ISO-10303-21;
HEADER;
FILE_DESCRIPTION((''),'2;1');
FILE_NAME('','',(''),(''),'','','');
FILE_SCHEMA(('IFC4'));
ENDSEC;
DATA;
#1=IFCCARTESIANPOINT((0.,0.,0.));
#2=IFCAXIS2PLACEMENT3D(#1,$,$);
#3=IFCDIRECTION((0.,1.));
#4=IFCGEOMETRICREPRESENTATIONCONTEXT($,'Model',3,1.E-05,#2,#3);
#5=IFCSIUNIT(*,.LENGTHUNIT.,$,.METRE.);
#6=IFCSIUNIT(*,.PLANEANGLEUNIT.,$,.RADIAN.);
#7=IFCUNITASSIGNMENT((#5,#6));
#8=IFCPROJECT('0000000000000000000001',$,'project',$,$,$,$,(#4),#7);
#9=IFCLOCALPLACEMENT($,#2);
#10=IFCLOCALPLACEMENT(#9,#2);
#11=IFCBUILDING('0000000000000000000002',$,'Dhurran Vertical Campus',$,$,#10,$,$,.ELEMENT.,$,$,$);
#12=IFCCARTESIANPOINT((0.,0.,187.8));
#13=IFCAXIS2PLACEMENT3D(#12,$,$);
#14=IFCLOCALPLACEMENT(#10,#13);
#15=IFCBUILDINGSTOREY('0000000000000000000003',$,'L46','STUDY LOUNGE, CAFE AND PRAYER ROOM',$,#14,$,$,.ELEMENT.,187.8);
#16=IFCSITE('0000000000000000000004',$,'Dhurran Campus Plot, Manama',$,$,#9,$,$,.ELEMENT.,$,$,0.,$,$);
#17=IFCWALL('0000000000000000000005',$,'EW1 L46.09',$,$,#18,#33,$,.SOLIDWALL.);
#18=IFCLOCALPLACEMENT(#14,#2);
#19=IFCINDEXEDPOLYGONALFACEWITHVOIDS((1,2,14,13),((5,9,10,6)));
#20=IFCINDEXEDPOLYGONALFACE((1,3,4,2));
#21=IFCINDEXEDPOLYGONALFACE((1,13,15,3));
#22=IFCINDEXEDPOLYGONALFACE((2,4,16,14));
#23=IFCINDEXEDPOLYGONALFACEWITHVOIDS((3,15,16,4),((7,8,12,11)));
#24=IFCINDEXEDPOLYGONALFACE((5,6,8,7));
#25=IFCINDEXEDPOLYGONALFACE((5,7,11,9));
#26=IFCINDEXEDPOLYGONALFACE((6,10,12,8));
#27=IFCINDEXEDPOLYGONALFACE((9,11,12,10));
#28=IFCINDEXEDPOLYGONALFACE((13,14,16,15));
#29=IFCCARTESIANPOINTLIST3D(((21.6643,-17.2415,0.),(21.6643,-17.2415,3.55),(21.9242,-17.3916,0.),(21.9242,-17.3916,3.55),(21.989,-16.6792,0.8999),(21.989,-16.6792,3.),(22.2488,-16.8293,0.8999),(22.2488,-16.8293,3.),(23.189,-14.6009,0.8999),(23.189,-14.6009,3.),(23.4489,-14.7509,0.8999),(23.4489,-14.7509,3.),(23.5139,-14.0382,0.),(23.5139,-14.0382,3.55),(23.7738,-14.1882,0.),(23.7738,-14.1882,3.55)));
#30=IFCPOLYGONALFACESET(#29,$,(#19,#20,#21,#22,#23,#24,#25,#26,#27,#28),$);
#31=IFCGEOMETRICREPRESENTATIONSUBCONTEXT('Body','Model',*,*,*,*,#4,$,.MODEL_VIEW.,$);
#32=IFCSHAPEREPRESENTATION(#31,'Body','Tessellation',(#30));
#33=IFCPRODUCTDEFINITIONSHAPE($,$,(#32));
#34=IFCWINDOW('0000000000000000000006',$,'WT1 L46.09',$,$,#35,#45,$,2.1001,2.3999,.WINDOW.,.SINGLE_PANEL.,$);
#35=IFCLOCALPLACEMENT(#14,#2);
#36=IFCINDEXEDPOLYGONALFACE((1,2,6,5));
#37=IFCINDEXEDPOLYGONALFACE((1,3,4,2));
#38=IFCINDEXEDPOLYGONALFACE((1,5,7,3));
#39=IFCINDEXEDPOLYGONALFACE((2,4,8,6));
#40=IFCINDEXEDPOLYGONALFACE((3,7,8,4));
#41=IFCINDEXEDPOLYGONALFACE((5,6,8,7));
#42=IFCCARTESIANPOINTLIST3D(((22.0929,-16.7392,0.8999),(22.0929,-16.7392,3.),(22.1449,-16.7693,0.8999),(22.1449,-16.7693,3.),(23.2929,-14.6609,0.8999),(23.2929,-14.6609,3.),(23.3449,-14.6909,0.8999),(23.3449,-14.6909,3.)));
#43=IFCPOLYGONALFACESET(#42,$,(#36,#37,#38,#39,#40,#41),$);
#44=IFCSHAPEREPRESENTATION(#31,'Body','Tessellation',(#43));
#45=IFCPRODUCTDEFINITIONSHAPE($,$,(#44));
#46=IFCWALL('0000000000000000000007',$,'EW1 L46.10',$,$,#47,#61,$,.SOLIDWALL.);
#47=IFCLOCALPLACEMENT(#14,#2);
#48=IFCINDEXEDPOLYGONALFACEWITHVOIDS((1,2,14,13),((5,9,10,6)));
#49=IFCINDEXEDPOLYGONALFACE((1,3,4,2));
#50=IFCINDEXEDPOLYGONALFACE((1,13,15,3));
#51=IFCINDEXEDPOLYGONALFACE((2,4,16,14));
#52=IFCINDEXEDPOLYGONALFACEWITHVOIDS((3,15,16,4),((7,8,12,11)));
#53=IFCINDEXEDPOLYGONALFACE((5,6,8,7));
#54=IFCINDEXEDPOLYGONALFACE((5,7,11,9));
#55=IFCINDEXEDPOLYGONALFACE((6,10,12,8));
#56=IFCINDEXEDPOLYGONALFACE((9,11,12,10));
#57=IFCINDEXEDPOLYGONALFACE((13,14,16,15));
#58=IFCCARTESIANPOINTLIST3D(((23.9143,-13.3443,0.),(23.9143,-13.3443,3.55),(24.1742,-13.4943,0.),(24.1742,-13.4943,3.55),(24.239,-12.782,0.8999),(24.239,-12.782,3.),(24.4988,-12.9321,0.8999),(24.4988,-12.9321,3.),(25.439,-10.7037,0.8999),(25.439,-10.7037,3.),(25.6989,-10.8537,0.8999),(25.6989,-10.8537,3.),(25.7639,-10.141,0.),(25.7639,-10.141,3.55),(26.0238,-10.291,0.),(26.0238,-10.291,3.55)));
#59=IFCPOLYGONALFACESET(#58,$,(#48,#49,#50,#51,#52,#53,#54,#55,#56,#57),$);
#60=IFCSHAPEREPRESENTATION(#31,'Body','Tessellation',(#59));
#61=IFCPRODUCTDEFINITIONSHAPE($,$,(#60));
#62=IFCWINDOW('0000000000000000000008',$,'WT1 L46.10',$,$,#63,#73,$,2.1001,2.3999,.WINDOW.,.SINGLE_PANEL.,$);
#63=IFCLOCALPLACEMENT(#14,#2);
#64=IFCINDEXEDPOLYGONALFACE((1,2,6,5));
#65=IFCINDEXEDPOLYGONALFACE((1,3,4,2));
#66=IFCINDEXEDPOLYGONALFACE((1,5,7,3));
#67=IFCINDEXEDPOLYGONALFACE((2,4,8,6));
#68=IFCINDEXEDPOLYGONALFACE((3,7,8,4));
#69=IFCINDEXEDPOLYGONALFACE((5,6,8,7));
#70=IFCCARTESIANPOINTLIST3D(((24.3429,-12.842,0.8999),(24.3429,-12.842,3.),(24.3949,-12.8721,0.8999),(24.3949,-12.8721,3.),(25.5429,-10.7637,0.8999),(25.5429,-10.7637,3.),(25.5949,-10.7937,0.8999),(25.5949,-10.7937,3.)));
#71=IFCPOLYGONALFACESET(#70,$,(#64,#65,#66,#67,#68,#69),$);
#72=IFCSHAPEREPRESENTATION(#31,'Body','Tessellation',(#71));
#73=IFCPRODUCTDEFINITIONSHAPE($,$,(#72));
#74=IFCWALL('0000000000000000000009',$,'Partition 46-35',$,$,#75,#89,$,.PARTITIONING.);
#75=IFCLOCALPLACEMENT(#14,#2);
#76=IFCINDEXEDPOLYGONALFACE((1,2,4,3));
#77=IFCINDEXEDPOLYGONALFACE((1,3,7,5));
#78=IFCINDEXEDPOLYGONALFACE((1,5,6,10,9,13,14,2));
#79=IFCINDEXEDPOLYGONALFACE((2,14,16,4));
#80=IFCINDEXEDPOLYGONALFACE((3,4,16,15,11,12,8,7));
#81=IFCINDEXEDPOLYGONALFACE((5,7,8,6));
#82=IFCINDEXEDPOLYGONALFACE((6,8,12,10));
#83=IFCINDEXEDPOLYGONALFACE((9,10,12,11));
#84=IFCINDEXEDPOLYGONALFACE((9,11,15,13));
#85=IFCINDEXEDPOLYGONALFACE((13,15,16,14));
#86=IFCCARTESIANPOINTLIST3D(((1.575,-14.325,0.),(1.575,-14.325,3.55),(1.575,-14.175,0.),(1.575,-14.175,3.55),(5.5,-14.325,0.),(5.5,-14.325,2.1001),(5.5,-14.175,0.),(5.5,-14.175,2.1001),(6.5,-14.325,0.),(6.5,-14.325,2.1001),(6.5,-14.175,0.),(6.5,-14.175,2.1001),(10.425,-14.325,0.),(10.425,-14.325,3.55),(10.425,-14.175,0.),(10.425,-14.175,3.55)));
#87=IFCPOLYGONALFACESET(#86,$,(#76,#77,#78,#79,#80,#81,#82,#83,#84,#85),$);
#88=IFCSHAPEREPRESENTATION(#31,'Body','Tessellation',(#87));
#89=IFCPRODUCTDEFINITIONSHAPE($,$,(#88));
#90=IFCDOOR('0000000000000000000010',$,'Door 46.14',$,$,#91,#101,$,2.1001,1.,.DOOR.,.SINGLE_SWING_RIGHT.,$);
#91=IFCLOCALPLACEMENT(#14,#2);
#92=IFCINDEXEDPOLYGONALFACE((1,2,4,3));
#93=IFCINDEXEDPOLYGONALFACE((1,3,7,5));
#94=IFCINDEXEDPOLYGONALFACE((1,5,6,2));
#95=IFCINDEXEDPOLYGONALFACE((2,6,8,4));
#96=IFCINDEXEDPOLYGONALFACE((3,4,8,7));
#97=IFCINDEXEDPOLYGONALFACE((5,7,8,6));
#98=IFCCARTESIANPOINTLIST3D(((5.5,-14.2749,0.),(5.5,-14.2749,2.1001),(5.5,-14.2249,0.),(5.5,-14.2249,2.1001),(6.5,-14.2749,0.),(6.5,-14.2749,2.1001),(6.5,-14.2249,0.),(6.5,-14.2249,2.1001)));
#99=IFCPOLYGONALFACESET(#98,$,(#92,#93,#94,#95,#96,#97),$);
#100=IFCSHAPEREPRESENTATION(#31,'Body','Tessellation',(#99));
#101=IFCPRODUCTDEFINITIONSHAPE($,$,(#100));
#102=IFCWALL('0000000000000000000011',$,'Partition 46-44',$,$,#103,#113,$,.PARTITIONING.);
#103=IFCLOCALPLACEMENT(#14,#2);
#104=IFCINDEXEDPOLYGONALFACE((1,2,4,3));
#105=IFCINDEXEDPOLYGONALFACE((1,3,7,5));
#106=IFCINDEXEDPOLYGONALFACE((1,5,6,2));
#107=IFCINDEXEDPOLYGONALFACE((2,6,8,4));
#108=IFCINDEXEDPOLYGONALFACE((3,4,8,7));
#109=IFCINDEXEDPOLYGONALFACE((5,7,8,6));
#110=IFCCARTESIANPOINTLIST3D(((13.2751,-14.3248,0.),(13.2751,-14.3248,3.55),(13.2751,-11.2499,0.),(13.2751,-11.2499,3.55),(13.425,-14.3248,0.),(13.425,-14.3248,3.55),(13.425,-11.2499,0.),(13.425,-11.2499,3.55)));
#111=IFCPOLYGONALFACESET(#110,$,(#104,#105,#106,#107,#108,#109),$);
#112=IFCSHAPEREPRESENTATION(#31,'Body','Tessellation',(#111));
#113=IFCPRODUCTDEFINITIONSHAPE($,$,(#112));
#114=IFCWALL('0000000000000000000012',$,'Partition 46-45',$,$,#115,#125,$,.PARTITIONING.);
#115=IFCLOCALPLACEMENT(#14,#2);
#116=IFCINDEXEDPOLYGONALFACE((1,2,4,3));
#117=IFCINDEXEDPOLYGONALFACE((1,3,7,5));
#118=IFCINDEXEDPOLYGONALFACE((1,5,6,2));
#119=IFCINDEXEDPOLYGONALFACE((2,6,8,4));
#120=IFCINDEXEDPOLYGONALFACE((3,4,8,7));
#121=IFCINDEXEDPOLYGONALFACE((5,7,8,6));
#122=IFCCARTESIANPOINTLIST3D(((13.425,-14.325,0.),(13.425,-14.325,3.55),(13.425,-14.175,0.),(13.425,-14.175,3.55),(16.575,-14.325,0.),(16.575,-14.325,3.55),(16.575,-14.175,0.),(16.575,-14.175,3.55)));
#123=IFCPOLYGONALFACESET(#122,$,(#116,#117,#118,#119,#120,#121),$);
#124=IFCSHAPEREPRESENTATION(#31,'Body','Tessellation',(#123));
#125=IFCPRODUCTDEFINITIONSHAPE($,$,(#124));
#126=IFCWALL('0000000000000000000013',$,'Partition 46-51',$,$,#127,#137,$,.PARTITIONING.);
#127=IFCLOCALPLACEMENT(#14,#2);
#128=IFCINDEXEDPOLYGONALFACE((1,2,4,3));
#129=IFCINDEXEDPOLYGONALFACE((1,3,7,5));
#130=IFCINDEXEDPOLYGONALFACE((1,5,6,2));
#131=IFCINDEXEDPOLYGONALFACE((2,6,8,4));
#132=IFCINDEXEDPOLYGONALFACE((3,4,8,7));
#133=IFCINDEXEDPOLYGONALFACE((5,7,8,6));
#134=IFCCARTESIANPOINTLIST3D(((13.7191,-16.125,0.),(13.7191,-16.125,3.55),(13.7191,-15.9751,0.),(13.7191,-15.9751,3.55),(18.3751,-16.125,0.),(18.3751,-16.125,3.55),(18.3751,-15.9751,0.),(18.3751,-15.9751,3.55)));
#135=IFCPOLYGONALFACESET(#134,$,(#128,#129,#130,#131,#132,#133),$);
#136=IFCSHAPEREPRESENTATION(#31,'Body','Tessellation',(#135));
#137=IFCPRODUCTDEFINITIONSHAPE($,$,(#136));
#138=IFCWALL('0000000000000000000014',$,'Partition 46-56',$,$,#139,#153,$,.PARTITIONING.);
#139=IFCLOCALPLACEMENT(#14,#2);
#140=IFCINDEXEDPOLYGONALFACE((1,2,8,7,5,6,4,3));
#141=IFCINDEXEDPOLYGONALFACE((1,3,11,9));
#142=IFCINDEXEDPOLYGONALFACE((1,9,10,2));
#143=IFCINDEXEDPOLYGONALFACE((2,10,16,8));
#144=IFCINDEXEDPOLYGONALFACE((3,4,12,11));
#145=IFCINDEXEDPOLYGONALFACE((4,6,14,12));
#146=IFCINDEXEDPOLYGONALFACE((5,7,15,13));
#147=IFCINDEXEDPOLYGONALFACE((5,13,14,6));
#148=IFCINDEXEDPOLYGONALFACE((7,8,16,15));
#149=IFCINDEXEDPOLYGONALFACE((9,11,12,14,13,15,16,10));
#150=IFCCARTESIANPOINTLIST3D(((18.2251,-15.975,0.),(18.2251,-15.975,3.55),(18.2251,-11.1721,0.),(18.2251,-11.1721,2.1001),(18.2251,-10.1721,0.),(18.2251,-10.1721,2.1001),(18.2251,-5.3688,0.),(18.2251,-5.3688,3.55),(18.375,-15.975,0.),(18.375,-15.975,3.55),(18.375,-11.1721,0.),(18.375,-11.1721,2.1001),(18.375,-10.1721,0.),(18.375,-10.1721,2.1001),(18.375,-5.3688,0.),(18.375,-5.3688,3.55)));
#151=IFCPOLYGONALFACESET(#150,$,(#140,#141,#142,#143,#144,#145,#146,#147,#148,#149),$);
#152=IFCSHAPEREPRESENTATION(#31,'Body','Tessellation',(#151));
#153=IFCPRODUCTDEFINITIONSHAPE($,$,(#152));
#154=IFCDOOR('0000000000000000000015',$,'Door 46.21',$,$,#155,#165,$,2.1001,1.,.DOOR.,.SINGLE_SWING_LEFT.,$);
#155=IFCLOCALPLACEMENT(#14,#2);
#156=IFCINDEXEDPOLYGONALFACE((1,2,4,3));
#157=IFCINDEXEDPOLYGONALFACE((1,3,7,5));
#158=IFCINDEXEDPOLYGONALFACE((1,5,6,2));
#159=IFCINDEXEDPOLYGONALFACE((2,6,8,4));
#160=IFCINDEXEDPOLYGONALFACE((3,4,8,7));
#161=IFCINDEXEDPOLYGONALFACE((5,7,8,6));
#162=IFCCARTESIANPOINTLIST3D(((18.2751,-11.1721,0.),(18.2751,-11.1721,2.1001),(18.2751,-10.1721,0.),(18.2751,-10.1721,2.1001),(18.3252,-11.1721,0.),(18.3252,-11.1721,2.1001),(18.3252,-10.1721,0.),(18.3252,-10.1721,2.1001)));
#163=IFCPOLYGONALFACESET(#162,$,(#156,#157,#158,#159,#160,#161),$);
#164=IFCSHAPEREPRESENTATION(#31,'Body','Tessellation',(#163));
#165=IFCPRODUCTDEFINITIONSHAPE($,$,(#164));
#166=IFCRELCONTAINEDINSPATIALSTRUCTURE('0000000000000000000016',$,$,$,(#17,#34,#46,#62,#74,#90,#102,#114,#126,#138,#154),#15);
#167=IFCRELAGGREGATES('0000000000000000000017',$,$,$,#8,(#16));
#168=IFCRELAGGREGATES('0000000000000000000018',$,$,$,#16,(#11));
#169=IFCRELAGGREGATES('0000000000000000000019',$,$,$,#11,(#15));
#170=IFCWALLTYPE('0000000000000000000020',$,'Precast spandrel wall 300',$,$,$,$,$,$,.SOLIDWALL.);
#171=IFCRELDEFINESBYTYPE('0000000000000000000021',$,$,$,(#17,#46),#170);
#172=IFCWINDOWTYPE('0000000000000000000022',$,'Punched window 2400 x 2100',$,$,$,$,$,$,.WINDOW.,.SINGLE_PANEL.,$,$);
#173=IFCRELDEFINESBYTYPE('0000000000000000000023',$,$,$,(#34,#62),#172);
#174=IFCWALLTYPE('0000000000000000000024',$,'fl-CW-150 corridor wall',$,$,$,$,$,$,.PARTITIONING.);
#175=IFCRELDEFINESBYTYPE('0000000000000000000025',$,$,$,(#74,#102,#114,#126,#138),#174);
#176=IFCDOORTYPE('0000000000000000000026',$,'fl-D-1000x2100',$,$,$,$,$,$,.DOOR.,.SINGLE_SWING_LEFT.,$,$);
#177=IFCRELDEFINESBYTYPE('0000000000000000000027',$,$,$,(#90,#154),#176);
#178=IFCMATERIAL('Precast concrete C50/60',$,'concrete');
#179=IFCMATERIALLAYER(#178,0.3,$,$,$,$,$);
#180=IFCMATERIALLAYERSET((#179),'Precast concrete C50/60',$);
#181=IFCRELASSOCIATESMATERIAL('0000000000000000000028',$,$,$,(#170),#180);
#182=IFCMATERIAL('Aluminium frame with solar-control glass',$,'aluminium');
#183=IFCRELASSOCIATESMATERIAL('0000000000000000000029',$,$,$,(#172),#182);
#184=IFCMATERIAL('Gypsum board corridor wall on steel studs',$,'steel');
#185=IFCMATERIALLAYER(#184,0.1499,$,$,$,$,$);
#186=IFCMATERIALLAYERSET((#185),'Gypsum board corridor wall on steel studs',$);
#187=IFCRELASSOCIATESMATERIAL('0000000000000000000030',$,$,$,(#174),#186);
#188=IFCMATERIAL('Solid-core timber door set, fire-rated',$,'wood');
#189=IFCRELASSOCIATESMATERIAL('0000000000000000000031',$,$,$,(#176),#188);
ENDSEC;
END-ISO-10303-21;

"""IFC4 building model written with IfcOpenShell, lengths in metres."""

from ifc_helpers import new_model, si_unit, direction, frame, frame_2d, origin, place, context, subcontext, project, spatial, rectangle, extrude, material, layer, layer_set, type_object, element, fill, save


model = new_model("IFC4")

# Units and contexts
model_context = context("Model", 3, precision=1e-05, world=origin(), true_north=direction((0.0, 1.0)))
body_context = subcontext(model_context, "Body", "Model", "MODEL_VIEW")
ifc_project = project(units=[si_unit("LENGTHUNIT", "METRE"), si_unit("PLANEANGLEUNIT", "RADIAN")], contexts=[model_context])

# Site, building, storey
site_placement = place(None, origin())
site = spatial("IfcSite", under=ifc_project, at=site_placement, Name="Dhurran Campus Plot, Manama", CompositionType="ELEMENT", RefElevation=0.0)
building_placement = place(site_placement, origin())
building = spatial("IfcBuilding", under=site, at=building_placement, Name="Dhurran Vertical Campus", CompositionType="ELEMENT")
storey_placement = place(building_placement, frame((0.0, 0.0, 187.8)))
storey = spatial("IfcBuildingStorey", under=building, at=storey_placement, Name="L46", Description="STUDY LOUNGE, CAFE AND PRAYER ROOM", CompositionType="ELEMENT", Elevation=187.8)

# Walls, openings, windows
ifc_material_1 = material(Name="Precast concrete C50/60", Category="concrete")
ifc_layer_1 = layer(ifc_material_1, 0.3)
ifc_layer_set_1 = layer_set([ifc_layer_1], Name="Precast concrete C50/60")
wall_type_1 = type_object("IfcWallType", Name="Precast spandrel wall 300", PredefinedType="SOLIDWALL", material=ifc_layer_set_1)
ifc_material_2 = material(Name="Aluminium frame with solar-control glass", Category="aluminium")
window_type = type_object("IfcWindowType", Name="Punched window 2400 x 2100", PartitioningType="SINGLE_PANEL", PredefinedType="WINDOW", material=ifc_material_2)
wall_1_placement = place(storey_placement, frame((21.7942, -17.3167, 0.0), z_axis=(0.0, 0.0, 1.0), x_axis=(0.500029, 0.866009, 0.0)))
wall_1 = element("IfcWall", 1, at=wall_1_placement, inside=storey, type_object=wall_type_1, Name="EW1 L46.09", PredefinedType="SOLIDWALL", context=body_context, shape_type="SweptSolid", body=[
    extrude(rectangle(XDim=3.699, YDim=0.3, at=frame_2d((1.8496, 0.0))), origin(), (0.0, 0.0, 1.0), 3.55),
])
opening_1_placement = place(wall_1_placement, frame((0.6494, 0.0, 0.8999)))
opening_1 = element("IfcOpeningElement", 2, at=opening_1_placement, cuts=wall_1, PredefinedType="OPENING", context=body_context, shape_type="SweptSolid", body=[
    extrude(rectangle(XDim=2.3999, YDim=2.1001, at=frame_2d((1.2, 1.05))), frame((0.0, 0.1599, 0.0), z_axis=(0.0, -1.0, 0.0), x_axis=(1.0, 0.0, 0.0)), (0.0, 0.0, 1.0), 0.3201),
])
window_1_placement = place(opening_1_placement, origin())
window_1 = element("IfcWindow", 3, at=window_1_placement, inside=storey, type_object=window_type, Name="WT1 L46.09", OverallHeight=2.1001, OverallWidth=2.3999, PartitioningType="SINGLE_PANEL", PredefinedType="WINDOW", context=body_context, shape_type="SweptSolid", body=[
    extrude(rectangle(XDim=2.3999, YDim=2.1001, at=frame_2d((1.2, 1.05))), frame((0.0, 0.03, 0.0), z_axis=(0.0, -1.0, 0.0), x_axis=(1.0, 0.0, 0.0)), (0.0, 0.0, 1.0), 0.0601),
])
fill(opening_1, window_1)
wall_2_placement = place(storey_placement, frame((24.0442, -13.4194, 0.0), z_axis=(0.0, 0.0, 1.0), x_axis=(0.500029, 0.866009, 0.0)))
wall_2 = element("IfcWall", 4, at=wall_2_placement, inside=storey, type_object=wall_type_1, Name="EW1 L46.10", PredefinedType="SOLIDWALL", context=body_context, shape_type="SweptSolid", body=[
    extrude(rectangle(XDim=3.699, YDim=0.3, at=frame_2d((1.8496, 0.0))), origin(), (0.0, 0.0, 1.0), 3.55),
])
opening_2_placement = place(wall_2_placement, frame((0.6494, 0.0, 0.8999)))
opening_2 = element("IfcOpeningElement", 5, at=opening_2_placement, cuts=wall_2, PredefinedType="OPENING", context=body_context, shape_type="SweptSolid", body=[
    extrude(rectangle(XDim=2.3999, YDim=2.1001, at=frame_2d((1.2, 1.05))), frame((0.0, 0.1599, 0.0), z_axis=(0.0, -1.0, 0.0), x_axis=(1.0, 0.0, 0.0)), (0.0, 0.0, 1.0), 0.3201),
])
window_2_placement = place(opening_2_placement, origin())
window_2 = element("IfcWindow", 6, at=window_2_placement, inside=storey, type_object=window_type, Name="WT1 L46.10", OverallHeight=2.1001, OverallWidth=2.3999, PartitioningType="SINGLE_PANEL", PredefinedType="WINDOW", context=body_context, shape_type="SweptSolid", body=[
    extrude(rectangle(XDim=2.3999, YDim=2.1001, at=frame_2d((1.2, 1.05))), frame((0.0, 0.03, 0.0), z_axis=(0.0, -1.0, 0.0), x_axis=(1.0, 0.0, 0.0)), (0.0, 0.0, 1.0), 0.0601),
])
fill(opening_2, window_2)

# Wall, opening, door
ifc_material_3 = material(Name="Gypsum board corridor wall on steel studs", Category="steel")
ifc_layer_2 = layer(ifc_material_3, 0.1499)
ifc_layer_set_2 = layer_set([ifc_layer_2], Name="Gypsum board corridor wall on steel studs")
wall_type_2 = type_object("IfcWallType", Name="fl-CW-150 corridor wall", PredefinedType="PARTITIONING", material=ifc_layer_set_2)
wall_3_placement = place(storey_placement, frame((10.425, -14.25, 0.0), z_axis=(0.0, 0.0, 1.0), x_axis=(-1.0, 0.0, 0.0)))
wall_3 = element("IfcWall", 7, at=wall_3_placement, inside=storey, type_object=wall_type_2, Name="Partition 46-35", PredefinedType="PARTITIONING", context=body_context, shape_type="SweptSolid", body=[
    extrude(rectangle(XDim=8.8501, YDim=0.1499, at=frame_2d((4.425, 0.0))), origin(), (0.0, 0.0, 1.0), 3.55),
])
opening_3_placement = place(wall_3_placement, frame((3.925, 0.0, 0.0)))
opening_3 = element("IfcOpeningElement", 8, at=opening_3_placement, cuts=wall_3, PredefinedType="OPENING", context=body_context, shape_type="SweptSolid", body=[
    extrude(rectangle(XDim=1.0, YDim=2.1001, at=frame_2d((0.5, 1.05))), frame((0.0, 0.085, 0.0), z_axis=(0.0, -1.0, 0.0), x_axis=(1.0, 0.0, 0.0)), (0.0, 0.0, 1.0), 0.1699),
])
ifc_material_4 = material(Name="Solid-core timber door set, fire-rated", Category="wood")
door_type = type_object("IfcDoorType", Name="fl-D-1000x2100", OperationType="SINGLE_SWING_LEFT", PredefinedType="DOOR", material=ifc_material_4)
door_1_placement = place(opening_3_placement, origin())
door_1 = element("IfcDoor", 9, at=door_1_placement, inside=storey, type_object=door_type, Name="Door 46.14", OperationType="SINGLE_SWING_RIGHT", OverallHeight=2.1001, OverallWidth=1.0, PredefinedType="DOOR", context=body_context, shape_type="SweptSolid", body=[
    extrude(rectangle(XDim=1.0, YDim=2.1001, at=frame_2d((0.5, 1.05))), frame((0.0, 0.0249, 0.0), z_axis=(0.0, -1.0, 0.0), x_axis=(1.0, 0.0, 0.0)), (0.0, 0.0, 1.0), 0.05),
])
fill(opening_3, door_1)

# Walls
wall_4_placement = place(storey_placement, frame((13.3501, -14.325, 0.0), z_axis=(0.0, 0.0, 1.0), x_axis=(0.0, 1.0, 0.0)))
element("IfcWall", 10, at=wall_4_placement, inside=storey, type_object=wall_type_2, Name="Partition 46-44", PredefinedType="PARTITIONING", context=body_context, shape_type="SweptSolid", body=[
    extrude(rectangle(XDim=3.075, YDim=0.1499, at=frame_2d((1.5376, 0.0))), origin(), (0.0, 0.0, 1.0), 3.55),
])
wall_5_placement = place(storey_placement, frame((16.575, -14.25, 0.0), z_axis=(0.0, 0.0, 1.0), x_axis=(-1.0, 0.0, 0.0)))
element("IfcWall", 11, at=wall_5_placement, inside=storey, type_object=wall_type_2, Name="Partition 46-45", PredefinedType="PARTITIONING", context=body_context, shape_type="SweptSolid", body=[
    extrude(rectangle(XDim=3.1499, YDim=0.1499, at=frame_2d((1.575, 0.0))), origin(), (0.0, 0.0, 1.0), 3.55),
])
wall_6_placement = place(storey_placement, frame((13.719, -16.05, 0.0), z_axis=(0.0, 0.0, 1.0), x_axis=(1.0, 0.0, 0.0)))
element("IfcWall", 12, at=wall_6_placement, inside=storey, type_object=wall_type_2, Name="Partition 46-51", PredefinedType="PARTITIONING", context=body_context, shape_type="SweptSolid", body=[
    extrude(rectangle(XDim=4.656, YDim=0.1499, at=frame_2d((2.3281, 0.0))), origin(), (0.0, 0.0, 1.0), 3.55),
])

# Wall, opening, door
wall_7_placement = place(storey_placement, frame((18.3, -15.9751, 0.0), z_axis=(0.0, 0.0, 1.0), x_axis=(0.0, 1.0, 0.0)))
wall_7 = element("IfcWall", 13, at=wall_7_placement, inside=storey, type_object=wall_type_2, Name="Partition 46-56", PredefinedType="PARTITIONING", context=body_context, shape_type="SweptSolid", body=[
    extrude(rectangle(XDim=10.6062, YDim=0.1499, at=frame_2d((5.3032, 0.0))), origin(), (0.0, 0.0, 1.0), 3.55),
])
opening_4_placement = place(wall_7_placement, frame((4.803, 0.0, 0.0)))
opening_4 = element("IfcOpeningElement", 14, at=opening_4_placement, cuts=wall_7, PredefinedType="OPENING", context=body_context, shape_type="SweptSolid", body=[
    extrude(rectangle(XDim=1.0, YDim=2.1001, at=frame_2d((0.5, 1.05))), frame((0.0, 0.085, 0.0), z_axis=(0.0, -1.0, 0.0), x_axis=(1.0, 0.0, 0.0)), (0.0, 0.0, 1.0), 0.1699),
])
door_2_placement = place(opening_4_placement, origin())
door_2 = element("IfcDoor", 15, at=door_2_placement, inside=storey, type_object=door_type, Name="Door 46.21", OperationType="SINGLE_SWING_LEFT", OverallHeight=2.1001, OverallWidth=1.0, PredefinedType="DOOR", context=body_context, shape_type="SweptSolid", body=[
    extrude(rectangle(XDim=1.0, YDim=2.1001, at=frame_2d((0.5, 1.05))), frame((0.0, 0.0249, 0.0), z_axis=(0.0, -1.0, 0.0), x_axis=(1.0, 0.0, 0.0)), (0.0, 0.0, 1.0), 0.05),
])
fill(opening_4, door_2)

save(model, "model.ifc")
